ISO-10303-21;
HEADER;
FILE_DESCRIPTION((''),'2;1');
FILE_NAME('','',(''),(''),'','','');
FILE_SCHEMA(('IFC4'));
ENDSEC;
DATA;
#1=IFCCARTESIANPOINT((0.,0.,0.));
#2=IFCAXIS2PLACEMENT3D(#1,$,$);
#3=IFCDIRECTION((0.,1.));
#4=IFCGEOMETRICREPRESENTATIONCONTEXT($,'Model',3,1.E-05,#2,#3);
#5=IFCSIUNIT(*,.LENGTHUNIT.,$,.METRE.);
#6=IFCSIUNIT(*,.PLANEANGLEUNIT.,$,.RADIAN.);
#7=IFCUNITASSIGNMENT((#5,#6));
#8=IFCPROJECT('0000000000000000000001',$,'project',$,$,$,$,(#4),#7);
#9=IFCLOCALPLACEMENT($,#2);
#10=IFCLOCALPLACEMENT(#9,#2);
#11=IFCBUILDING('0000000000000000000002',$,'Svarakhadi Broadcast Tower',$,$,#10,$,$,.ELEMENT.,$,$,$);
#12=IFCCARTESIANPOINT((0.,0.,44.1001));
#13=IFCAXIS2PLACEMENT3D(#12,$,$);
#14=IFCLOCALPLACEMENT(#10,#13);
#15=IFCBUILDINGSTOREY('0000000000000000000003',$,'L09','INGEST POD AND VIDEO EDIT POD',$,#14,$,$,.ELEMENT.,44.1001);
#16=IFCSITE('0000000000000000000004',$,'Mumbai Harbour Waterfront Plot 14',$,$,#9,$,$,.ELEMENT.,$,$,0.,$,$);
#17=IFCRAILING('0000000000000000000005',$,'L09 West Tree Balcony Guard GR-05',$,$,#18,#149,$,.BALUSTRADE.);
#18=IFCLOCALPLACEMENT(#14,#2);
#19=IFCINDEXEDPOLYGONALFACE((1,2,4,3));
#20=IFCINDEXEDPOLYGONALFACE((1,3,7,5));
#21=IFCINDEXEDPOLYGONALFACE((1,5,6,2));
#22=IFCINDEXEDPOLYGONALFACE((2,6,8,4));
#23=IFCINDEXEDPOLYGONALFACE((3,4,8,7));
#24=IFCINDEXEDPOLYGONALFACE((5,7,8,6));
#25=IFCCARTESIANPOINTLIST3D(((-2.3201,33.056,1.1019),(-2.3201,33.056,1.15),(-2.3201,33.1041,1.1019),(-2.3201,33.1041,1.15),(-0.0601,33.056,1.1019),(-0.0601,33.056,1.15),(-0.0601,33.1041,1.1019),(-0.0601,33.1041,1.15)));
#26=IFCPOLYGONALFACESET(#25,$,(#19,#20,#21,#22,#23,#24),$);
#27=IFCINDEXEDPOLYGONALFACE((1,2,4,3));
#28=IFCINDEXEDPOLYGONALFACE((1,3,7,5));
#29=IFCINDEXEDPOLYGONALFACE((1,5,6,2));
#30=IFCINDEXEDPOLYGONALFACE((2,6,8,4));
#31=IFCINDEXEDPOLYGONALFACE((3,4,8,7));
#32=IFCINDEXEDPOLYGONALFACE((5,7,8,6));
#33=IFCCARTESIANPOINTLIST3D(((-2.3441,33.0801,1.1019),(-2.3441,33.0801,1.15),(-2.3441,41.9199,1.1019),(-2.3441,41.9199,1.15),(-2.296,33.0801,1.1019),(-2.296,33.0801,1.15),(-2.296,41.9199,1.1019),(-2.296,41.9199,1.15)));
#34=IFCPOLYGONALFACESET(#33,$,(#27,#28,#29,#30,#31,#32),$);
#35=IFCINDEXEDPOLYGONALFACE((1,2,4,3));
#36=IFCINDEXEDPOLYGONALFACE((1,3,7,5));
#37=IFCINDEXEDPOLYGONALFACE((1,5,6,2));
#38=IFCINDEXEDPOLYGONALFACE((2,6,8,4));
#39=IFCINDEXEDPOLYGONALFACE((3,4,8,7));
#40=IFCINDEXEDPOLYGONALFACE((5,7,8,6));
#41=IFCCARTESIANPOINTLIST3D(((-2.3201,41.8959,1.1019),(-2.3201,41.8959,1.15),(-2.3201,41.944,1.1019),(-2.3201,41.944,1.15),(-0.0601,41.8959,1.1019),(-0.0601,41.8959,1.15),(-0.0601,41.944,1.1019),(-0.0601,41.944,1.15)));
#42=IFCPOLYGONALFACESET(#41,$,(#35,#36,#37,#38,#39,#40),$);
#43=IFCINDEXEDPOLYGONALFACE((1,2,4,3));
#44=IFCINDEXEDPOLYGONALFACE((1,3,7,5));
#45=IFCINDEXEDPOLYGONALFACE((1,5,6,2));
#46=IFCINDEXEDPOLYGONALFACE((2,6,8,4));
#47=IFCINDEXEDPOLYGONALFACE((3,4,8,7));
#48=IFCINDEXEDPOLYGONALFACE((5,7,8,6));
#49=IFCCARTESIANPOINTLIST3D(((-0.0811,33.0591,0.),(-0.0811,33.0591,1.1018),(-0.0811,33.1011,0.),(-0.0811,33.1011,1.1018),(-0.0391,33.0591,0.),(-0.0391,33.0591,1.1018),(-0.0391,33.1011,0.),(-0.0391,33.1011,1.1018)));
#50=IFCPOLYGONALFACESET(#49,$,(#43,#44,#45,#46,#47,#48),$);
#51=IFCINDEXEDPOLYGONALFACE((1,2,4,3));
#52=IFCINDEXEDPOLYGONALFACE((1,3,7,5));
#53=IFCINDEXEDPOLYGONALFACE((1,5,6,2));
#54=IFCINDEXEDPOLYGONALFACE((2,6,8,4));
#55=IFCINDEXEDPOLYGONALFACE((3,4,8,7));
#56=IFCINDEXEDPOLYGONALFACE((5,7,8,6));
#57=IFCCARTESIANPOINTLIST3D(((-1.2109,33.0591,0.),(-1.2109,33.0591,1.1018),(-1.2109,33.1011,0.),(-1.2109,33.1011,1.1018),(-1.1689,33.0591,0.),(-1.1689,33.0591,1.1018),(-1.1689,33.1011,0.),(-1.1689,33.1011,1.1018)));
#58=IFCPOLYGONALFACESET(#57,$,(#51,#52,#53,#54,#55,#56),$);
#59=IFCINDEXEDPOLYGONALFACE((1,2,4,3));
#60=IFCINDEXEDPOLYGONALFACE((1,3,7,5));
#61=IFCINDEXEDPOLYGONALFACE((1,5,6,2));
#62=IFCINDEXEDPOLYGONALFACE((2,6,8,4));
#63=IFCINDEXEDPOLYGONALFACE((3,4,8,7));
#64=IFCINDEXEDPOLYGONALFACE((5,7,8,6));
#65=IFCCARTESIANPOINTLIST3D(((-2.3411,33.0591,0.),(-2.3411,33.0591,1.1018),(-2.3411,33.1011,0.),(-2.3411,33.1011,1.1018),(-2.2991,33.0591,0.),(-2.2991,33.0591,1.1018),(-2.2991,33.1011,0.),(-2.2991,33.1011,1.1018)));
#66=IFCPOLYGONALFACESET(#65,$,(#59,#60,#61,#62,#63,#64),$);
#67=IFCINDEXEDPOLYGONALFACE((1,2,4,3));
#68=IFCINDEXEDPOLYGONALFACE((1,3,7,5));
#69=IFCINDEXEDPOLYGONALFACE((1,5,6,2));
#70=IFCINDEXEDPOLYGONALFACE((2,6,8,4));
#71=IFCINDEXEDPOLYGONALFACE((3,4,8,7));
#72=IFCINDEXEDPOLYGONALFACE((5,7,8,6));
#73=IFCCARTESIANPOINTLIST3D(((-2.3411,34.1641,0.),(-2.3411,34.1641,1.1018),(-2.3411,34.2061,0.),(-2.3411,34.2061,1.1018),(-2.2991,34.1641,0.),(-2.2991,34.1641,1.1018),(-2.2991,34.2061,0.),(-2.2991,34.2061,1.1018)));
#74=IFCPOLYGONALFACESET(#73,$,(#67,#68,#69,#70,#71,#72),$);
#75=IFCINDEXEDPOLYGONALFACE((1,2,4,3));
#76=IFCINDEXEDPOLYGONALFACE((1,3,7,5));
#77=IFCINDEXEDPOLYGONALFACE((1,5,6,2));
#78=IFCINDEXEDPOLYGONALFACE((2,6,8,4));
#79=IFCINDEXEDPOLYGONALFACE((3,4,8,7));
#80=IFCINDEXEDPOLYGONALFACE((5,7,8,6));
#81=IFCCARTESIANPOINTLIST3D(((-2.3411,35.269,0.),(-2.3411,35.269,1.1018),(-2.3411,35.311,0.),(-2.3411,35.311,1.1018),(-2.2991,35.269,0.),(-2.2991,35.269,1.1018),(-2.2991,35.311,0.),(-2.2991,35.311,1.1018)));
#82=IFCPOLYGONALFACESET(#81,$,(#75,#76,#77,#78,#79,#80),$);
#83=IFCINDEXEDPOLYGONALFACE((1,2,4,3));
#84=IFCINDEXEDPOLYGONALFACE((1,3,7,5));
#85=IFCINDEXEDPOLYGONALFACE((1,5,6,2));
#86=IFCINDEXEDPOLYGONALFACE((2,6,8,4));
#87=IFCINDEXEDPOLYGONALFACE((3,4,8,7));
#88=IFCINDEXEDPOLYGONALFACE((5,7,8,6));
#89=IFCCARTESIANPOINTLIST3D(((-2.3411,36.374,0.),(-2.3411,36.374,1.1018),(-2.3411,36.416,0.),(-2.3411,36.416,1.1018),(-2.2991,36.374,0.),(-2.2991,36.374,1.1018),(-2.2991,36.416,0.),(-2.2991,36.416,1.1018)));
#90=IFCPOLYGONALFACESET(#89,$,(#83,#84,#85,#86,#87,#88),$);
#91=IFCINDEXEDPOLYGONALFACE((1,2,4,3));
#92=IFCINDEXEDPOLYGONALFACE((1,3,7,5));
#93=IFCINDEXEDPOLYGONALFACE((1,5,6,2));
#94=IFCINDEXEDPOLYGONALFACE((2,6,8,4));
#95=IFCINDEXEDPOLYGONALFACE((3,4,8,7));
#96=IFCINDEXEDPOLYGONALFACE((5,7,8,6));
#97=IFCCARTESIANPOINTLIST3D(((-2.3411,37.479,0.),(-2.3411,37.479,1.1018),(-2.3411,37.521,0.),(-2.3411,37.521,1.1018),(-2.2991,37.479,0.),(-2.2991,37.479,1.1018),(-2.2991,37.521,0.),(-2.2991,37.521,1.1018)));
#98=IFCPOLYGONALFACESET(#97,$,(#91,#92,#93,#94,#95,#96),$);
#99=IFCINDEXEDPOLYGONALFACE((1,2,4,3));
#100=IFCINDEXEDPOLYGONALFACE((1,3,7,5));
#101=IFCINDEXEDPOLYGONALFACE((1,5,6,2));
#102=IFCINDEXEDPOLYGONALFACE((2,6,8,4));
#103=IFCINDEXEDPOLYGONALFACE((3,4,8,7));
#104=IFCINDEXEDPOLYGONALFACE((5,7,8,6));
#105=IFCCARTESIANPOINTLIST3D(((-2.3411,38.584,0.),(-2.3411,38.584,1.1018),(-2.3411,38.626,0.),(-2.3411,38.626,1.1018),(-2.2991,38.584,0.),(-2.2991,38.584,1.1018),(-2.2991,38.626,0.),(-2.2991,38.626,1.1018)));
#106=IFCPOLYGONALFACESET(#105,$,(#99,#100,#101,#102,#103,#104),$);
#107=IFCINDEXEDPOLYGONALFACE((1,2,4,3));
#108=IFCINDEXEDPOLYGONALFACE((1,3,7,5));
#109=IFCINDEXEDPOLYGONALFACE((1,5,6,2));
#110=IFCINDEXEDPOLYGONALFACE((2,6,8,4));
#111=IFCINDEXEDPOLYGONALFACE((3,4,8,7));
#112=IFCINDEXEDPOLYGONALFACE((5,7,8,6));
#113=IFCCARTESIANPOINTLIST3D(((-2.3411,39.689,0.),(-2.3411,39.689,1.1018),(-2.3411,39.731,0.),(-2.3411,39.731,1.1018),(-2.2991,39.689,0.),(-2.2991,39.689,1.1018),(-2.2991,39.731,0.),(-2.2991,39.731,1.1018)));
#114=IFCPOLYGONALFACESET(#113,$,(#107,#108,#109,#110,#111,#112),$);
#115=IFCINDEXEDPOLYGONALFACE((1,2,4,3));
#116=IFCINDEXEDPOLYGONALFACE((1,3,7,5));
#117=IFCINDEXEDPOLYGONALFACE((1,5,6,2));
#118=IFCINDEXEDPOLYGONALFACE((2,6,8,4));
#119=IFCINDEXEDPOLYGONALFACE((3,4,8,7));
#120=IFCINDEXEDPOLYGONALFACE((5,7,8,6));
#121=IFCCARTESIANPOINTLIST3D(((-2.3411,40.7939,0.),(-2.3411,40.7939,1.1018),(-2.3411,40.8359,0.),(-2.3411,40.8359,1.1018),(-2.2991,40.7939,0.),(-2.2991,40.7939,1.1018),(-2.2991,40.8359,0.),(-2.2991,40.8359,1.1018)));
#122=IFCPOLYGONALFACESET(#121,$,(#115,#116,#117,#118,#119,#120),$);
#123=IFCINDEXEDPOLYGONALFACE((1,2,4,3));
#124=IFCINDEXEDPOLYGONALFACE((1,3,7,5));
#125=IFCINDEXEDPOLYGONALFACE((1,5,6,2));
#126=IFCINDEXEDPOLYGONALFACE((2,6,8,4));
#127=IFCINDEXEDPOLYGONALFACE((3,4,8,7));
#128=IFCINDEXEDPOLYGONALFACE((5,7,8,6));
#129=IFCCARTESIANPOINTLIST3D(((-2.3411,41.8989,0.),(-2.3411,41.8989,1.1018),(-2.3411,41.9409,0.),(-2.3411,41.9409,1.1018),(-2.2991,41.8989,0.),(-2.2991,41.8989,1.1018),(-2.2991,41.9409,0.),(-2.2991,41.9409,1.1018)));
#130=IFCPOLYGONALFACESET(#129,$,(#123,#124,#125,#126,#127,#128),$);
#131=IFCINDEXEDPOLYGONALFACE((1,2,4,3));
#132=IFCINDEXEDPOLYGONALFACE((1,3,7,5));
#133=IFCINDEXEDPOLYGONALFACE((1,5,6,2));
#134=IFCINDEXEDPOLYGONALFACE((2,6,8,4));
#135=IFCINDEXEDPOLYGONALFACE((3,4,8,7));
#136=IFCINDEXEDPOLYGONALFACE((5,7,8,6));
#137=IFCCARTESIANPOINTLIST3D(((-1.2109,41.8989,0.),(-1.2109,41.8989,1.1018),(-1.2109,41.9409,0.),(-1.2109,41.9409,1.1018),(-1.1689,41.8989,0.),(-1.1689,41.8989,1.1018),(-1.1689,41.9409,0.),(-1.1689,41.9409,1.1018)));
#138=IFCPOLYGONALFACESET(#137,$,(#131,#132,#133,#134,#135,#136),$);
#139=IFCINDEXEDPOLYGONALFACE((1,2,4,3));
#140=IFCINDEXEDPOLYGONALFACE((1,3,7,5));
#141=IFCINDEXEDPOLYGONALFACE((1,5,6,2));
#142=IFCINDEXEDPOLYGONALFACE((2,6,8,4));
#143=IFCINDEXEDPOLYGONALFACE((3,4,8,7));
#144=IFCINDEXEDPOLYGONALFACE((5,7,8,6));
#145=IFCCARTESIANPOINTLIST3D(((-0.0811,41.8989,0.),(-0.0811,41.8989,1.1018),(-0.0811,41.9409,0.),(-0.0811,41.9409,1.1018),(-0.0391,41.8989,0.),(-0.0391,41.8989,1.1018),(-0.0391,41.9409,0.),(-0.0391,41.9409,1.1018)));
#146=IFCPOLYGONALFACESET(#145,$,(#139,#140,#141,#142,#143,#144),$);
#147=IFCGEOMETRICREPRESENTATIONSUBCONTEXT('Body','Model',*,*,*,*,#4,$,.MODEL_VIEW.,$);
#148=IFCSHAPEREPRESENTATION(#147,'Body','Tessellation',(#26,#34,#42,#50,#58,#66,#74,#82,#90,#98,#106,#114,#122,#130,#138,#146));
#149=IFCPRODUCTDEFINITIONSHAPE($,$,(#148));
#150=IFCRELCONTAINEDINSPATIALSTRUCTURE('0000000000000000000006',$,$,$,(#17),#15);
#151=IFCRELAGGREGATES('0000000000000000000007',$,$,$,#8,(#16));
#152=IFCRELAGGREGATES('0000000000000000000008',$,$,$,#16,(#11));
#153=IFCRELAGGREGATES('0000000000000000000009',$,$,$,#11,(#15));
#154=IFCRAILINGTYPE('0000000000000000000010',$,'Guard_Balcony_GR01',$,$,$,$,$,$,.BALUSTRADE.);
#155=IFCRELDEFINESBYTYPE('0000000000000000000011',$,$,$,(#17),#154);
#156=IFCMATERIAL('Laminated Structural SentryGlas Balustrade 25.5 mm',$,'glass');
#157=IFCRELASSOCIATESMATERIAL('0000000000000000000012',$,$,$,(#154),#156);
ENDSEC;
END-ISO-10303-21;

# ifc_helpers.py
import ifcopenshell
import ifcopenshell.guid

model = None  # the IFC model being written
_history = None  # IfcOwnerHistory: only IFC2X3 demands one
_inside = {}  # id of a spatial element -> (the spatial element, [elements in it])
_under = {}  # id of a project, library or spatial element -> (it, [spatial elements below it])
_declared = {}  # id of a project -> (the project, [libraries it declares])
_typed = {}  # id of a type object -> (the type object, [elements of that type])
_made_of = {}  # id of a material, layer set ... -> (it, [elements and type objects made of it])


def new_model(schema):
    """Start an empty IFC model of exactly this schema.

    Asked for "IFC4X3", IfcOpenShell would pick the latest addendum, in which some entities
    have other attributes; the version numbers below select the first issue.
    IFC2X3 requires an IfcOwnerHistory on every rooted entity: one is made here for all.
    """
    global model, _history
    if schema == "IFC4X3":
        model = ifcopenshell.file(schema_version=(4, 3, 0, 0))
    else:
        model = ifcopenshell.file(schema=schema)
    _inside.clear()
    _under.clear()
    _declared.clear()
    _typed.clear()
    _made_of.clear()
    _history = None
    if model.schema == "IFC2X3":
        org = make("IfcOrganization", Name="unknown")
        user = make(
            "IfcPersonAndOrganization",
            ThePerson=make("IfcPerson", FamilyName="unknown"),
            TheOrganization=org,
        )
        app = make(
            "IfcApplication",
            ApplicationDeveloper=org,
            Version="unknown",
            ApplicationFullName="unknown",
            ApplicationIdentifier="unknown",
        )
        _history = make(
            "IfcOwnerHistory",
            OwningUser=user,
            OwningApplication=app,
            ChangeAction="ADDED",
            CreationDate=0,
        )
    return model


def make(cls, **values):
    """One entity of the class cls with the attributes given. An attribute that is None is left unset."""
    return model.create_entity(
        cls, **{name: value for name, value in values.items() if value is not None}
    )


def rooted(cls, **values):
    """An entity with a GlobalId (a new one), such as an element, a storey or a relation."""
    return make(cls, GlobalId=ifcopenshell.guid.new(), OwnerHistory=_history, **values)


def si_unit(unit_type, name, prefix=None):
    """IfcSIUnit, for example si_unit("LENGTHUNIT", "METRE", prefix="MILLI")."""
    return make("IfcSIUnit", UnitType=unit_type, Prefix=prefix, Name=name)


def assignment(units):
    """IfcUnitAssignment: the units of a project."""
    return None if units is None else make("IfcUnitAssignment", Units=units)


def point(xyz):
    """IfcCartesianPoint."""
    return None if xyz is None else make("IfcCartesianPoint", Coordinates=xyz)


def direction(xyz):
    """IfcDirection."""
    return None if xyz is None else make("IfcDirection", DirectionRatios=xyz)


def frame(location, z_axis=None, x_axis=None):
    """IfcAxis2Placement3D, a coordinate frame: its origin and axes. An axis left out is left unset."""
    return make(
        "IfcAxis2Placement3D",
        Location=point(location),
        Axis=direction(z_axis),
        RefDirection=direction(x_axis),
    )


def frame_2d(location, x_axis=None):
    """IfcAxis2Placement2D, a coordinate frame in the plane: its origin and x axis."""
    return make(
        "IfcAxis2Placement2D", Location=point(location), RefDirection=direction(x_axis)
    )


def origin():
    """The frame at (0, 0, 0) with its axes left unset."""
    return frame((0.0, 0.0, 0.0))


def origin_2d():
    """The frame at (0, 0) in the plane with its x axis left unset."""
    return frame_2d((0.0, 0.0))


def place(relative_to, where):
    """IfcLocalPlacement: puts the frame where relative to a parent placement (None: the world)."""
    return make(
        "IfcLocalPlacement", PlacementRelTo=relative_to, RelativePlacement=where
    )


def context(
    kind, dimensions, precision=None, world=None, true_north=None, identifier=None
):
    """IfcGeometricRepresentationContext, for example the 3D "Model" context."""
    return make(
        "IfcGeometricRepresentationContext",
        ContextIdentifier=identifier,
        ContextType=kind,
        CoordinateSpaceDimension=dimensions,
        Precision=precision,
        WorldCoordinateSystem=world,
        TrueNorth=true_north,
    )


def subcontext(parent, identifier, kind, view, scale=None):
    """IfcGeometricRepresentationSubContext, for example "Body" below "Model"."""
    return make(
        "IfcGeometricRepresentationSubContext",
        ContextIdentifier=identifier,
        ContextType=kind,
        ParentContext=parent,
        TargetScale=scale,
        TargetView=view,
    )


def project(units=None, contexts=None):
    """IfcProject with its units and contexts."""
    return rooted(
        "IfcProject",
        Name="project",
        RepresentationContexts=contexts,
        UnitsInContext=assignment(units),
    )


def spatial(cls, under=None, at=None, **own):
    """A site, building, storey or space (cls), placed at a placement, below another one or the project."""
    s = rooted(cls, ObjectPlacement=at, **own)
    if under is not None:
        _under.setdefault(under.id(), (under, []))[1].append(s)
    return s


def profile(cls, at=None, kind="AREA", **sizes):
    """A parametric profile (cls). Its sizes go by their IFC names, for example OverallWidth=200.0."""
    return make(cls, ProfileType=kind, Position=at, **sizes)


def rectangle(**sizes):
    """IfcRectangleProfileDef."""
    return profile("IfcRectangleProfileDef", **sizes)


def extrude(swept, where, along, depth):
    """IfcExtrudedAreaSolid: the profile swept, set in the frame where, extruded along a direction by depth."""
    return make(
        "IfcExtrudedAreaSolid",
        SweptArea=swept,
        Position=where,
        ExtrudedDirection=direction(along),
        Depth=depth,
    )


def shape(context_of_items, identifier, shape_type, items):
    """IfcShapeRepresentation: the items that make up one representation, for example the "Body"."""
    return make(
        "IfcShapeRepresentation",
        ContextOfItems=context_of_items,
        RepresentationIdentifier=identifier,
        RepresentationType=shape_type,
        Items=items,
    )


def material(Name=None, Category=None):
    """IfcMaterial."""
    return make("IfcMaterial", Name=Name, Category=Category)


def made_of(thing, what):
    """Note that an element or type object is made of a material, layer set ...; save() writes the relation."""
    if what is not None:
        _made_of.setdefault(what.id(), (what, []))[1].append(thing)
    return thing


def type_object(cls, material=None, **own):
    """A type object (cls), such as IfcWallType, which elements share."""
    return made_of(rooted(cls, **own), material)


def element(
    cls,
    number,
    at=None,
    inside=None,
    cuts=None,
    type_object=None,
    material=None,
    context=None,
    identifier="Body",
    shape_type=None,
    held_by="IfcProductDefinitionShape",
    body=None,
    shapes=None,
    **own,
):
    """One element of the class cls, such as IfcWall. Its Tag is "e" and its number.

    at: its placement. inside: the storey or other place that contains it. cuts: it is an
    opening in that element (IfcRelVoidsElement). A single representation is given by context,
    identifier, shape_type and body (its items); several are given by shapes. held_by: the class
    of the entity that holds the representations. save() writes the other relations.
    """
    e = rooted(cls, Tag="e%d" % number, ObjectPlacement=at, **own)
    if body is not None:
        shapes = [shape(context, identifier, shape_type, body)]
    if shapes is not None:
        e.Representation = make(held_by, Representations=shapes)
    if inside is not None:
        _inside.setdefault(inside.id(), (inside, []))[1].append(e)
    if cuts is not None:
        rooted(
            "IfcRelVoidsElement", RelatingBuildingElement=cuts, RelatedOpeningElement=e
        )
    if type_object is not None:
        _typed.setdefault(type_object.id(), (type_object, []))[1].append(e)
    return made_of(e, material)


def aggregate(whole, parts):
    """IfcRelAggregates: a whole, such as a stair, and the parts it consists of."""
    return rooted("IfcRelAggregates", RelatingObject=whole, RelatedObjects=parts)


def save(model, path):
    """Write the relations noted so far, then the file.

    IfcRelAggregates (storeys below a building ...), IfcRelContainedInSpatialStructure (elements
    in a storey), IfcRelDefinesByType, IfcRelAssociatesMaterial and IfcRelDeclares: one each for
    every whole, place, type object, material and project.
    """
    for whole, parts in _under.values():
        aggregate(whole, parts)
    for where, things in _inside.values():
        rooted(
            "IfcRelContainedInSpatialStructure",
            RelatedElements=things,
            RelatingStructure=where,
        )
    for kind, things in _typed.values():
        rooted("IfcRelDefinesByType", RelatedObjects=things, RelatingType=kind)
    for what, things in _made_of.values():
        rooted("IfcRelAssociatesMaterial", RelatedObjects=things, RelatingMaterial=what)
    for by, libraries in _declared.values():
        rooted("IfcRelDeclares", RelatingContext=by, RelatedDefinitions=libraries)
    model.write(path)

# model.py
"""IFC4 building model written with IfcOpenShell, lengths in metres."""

from ifc_helpers import new_model, si_unit, direction, frame, origin, origin_2d, place, context, subcontext, project, spatial, rectangle, extrude, material, type_object, element, save


model = new_model("IFC4")

# Units and contexts
model_context = context("Model", 3, precision=1e-05, world=origin(), true_north=direction((0.0, 1.0)))
body_context = subcontext(model_context, "Body", "Model", "MODEL_VIEW")
ifc_project = project(units=[si_unit("LENGTHUNIT", "METRE"), si_unit("PLANEANGLEUNIT", "RADIAN")], contexts=[model_context])

# Site, building, storey
site_placement = place(None, origin())
site = spatial("IfcSite", under=ifc_project, at=site_placement, Name="Mumbai Harbour Waterfront Plot 14", CompositionType="ELEMENT", RefElevation=0.0)
building_placement = place(site_placement, origin())
building = spatial("IfcBuilding", under=site, at=building_placement, Name="Svarakhadi Broadcast Tower", CompositionType="ELEMENT")
storey_placement = place(building_placement, frame((0.0, 0.0, 44.1001)))
storey = spatial("IfcBuildingStorey", under=building, at=storey_placement, Name="L09", Description="INGEST POD AND VIDEO EDIT POD", CompositionType="ELEMENT", Elevation=44.1001)

# Railing
ifc_material_1 = material(Name="Laminated Structural SentryGlas Balustrade 25.5 mm", Category="glass")
railing_type = type_object("IfcRailingType", Name="Guard_Balcony_GR01", PredefinedType="BALUSTRADE", material=ifc_material_1)
railing_placement = place(storey_placement, frame((-0.0601, 33.0801, 0.0)))
element("IfcRailing", 1, at=railing_placement, inside=storey, type_object=railing_type, Name="L09 West Tree Balcony Guard GR-05", PredefinedType="BALUSTRADE", context=body_context, shape_type="SweptSolid", body=[
    extrude(rectangle(XDim=0.0481, YDim=0.0481, at=origin_2d()), frame((0.0, 0.0, 1.126), z_axis=(-1.0, 0.0, 0.0), x_axis=(0.0, -1.0, 0.0)), (0.0, 0.0, 1.0), 2.26),
    extrude(rectangle(XDim=0.0481, YDim=0.0481, at=origin_2d()), frame((-2.26, 0.0, 1.126), z_axis=(0.0, 1.0, 0.0), x_axis=(-1.0, 0.0, 0.0)), (0.0, 0.0, 1.0), 8.8398),
    extrude(rectangle(XDim=0.0481, YDim=0.0481, at=origin_2d()), frame((-2.26, 8.8398, 1.126), z_axis=(1.0, 0.0, 0.0), x_axis=(0.0, 1.0, 0.0)), (0.0, 0.0, 1.0), 2.26),
    extrude(rectangle(XDim=0.042, YDim=0.042, at=origin_2d()), origin(), (0.0, 0.0, 1.0), 1.1018),
    extrude(rectangle(XDim=0.042, YDim=0.042, at=origin_2d()), frame((-1.1299, 0.0, 0.0)), (0.0, 0.0, 1.0), 1.1018),
    extrude(rectangle(XDim=0.042, YDim=0.042, at=origin_2d()), frame((-2.26, 0.0, 0.0)), (0.0, 0.0, 1.0), 1.1018),
    extrude(rectangle(XDim=0.042, YDim=0.042, at=origin_2d()), frame((-2.26, 1.105, 0.0)), (0.0, 0.0, 1.0), 1.1018),
    extrude(rectangle(XDim=0.042, YDim=0.042, at=origin_2d()), frame((-2.26, 2.21, 0.0)), (0.0, 0.0, 1.0), 1.1018),
    extrude(rectangle(XDim=0.042, YDim=0.042, at=origin_2d()), frame((-2.26, 3.3149, 0.0)), (0.0, 0.0, 1.0), 1.1018),
    extrude(rectangle(XDim=0.042, YDim=0.042, at=origin_2d()), frame((-2.26, 4.4199, 0.0)), (0.0, 0.0, 1.0), 1.1018),
    extrude(rectangle(XDim=0.042, YDim=0.042, at=origin_2d()), frame((-2.26, 5.5249, 0.0)), (0.0, 0.0, 1.0), 1.1018),
    extrude(rectangle(XDim=0.042, YDim=0.042, at=origin_2d()), frame((-2.26, 6.6299, 0.0)), (0.0, 0.0, 1.0), 1.1018),
    extrude(rectangle(XDim=0.042, YDim=0.042, at=origin_2d()), frame((-2.26, 7.7349, 0.0)), (0.0, 0.0, 1.0), 1.1018),
    extrude(rectangle(XDim=0.042, YDim=0.042, at=origin_2d()), frame((-2.26, 8.8398, 0.0)), (0.0, 0.0, 1.0), 1.1018),
    extrude(rectangle(XDim=0.042, YDim=0.042, at=origin_2d()), frame((-1.1299, 8.8398, 0.0)), (0.0, 0.0, 1.0), 1.1018),
    extrude(rectangle(XDim=0.042, YDim=0.042, at=origin_2d()), frame((0.0, 8.8398, 0.0)), (0.0, 0.0, 1.0), 1.1018),
])

save(model, "model.ifc")
